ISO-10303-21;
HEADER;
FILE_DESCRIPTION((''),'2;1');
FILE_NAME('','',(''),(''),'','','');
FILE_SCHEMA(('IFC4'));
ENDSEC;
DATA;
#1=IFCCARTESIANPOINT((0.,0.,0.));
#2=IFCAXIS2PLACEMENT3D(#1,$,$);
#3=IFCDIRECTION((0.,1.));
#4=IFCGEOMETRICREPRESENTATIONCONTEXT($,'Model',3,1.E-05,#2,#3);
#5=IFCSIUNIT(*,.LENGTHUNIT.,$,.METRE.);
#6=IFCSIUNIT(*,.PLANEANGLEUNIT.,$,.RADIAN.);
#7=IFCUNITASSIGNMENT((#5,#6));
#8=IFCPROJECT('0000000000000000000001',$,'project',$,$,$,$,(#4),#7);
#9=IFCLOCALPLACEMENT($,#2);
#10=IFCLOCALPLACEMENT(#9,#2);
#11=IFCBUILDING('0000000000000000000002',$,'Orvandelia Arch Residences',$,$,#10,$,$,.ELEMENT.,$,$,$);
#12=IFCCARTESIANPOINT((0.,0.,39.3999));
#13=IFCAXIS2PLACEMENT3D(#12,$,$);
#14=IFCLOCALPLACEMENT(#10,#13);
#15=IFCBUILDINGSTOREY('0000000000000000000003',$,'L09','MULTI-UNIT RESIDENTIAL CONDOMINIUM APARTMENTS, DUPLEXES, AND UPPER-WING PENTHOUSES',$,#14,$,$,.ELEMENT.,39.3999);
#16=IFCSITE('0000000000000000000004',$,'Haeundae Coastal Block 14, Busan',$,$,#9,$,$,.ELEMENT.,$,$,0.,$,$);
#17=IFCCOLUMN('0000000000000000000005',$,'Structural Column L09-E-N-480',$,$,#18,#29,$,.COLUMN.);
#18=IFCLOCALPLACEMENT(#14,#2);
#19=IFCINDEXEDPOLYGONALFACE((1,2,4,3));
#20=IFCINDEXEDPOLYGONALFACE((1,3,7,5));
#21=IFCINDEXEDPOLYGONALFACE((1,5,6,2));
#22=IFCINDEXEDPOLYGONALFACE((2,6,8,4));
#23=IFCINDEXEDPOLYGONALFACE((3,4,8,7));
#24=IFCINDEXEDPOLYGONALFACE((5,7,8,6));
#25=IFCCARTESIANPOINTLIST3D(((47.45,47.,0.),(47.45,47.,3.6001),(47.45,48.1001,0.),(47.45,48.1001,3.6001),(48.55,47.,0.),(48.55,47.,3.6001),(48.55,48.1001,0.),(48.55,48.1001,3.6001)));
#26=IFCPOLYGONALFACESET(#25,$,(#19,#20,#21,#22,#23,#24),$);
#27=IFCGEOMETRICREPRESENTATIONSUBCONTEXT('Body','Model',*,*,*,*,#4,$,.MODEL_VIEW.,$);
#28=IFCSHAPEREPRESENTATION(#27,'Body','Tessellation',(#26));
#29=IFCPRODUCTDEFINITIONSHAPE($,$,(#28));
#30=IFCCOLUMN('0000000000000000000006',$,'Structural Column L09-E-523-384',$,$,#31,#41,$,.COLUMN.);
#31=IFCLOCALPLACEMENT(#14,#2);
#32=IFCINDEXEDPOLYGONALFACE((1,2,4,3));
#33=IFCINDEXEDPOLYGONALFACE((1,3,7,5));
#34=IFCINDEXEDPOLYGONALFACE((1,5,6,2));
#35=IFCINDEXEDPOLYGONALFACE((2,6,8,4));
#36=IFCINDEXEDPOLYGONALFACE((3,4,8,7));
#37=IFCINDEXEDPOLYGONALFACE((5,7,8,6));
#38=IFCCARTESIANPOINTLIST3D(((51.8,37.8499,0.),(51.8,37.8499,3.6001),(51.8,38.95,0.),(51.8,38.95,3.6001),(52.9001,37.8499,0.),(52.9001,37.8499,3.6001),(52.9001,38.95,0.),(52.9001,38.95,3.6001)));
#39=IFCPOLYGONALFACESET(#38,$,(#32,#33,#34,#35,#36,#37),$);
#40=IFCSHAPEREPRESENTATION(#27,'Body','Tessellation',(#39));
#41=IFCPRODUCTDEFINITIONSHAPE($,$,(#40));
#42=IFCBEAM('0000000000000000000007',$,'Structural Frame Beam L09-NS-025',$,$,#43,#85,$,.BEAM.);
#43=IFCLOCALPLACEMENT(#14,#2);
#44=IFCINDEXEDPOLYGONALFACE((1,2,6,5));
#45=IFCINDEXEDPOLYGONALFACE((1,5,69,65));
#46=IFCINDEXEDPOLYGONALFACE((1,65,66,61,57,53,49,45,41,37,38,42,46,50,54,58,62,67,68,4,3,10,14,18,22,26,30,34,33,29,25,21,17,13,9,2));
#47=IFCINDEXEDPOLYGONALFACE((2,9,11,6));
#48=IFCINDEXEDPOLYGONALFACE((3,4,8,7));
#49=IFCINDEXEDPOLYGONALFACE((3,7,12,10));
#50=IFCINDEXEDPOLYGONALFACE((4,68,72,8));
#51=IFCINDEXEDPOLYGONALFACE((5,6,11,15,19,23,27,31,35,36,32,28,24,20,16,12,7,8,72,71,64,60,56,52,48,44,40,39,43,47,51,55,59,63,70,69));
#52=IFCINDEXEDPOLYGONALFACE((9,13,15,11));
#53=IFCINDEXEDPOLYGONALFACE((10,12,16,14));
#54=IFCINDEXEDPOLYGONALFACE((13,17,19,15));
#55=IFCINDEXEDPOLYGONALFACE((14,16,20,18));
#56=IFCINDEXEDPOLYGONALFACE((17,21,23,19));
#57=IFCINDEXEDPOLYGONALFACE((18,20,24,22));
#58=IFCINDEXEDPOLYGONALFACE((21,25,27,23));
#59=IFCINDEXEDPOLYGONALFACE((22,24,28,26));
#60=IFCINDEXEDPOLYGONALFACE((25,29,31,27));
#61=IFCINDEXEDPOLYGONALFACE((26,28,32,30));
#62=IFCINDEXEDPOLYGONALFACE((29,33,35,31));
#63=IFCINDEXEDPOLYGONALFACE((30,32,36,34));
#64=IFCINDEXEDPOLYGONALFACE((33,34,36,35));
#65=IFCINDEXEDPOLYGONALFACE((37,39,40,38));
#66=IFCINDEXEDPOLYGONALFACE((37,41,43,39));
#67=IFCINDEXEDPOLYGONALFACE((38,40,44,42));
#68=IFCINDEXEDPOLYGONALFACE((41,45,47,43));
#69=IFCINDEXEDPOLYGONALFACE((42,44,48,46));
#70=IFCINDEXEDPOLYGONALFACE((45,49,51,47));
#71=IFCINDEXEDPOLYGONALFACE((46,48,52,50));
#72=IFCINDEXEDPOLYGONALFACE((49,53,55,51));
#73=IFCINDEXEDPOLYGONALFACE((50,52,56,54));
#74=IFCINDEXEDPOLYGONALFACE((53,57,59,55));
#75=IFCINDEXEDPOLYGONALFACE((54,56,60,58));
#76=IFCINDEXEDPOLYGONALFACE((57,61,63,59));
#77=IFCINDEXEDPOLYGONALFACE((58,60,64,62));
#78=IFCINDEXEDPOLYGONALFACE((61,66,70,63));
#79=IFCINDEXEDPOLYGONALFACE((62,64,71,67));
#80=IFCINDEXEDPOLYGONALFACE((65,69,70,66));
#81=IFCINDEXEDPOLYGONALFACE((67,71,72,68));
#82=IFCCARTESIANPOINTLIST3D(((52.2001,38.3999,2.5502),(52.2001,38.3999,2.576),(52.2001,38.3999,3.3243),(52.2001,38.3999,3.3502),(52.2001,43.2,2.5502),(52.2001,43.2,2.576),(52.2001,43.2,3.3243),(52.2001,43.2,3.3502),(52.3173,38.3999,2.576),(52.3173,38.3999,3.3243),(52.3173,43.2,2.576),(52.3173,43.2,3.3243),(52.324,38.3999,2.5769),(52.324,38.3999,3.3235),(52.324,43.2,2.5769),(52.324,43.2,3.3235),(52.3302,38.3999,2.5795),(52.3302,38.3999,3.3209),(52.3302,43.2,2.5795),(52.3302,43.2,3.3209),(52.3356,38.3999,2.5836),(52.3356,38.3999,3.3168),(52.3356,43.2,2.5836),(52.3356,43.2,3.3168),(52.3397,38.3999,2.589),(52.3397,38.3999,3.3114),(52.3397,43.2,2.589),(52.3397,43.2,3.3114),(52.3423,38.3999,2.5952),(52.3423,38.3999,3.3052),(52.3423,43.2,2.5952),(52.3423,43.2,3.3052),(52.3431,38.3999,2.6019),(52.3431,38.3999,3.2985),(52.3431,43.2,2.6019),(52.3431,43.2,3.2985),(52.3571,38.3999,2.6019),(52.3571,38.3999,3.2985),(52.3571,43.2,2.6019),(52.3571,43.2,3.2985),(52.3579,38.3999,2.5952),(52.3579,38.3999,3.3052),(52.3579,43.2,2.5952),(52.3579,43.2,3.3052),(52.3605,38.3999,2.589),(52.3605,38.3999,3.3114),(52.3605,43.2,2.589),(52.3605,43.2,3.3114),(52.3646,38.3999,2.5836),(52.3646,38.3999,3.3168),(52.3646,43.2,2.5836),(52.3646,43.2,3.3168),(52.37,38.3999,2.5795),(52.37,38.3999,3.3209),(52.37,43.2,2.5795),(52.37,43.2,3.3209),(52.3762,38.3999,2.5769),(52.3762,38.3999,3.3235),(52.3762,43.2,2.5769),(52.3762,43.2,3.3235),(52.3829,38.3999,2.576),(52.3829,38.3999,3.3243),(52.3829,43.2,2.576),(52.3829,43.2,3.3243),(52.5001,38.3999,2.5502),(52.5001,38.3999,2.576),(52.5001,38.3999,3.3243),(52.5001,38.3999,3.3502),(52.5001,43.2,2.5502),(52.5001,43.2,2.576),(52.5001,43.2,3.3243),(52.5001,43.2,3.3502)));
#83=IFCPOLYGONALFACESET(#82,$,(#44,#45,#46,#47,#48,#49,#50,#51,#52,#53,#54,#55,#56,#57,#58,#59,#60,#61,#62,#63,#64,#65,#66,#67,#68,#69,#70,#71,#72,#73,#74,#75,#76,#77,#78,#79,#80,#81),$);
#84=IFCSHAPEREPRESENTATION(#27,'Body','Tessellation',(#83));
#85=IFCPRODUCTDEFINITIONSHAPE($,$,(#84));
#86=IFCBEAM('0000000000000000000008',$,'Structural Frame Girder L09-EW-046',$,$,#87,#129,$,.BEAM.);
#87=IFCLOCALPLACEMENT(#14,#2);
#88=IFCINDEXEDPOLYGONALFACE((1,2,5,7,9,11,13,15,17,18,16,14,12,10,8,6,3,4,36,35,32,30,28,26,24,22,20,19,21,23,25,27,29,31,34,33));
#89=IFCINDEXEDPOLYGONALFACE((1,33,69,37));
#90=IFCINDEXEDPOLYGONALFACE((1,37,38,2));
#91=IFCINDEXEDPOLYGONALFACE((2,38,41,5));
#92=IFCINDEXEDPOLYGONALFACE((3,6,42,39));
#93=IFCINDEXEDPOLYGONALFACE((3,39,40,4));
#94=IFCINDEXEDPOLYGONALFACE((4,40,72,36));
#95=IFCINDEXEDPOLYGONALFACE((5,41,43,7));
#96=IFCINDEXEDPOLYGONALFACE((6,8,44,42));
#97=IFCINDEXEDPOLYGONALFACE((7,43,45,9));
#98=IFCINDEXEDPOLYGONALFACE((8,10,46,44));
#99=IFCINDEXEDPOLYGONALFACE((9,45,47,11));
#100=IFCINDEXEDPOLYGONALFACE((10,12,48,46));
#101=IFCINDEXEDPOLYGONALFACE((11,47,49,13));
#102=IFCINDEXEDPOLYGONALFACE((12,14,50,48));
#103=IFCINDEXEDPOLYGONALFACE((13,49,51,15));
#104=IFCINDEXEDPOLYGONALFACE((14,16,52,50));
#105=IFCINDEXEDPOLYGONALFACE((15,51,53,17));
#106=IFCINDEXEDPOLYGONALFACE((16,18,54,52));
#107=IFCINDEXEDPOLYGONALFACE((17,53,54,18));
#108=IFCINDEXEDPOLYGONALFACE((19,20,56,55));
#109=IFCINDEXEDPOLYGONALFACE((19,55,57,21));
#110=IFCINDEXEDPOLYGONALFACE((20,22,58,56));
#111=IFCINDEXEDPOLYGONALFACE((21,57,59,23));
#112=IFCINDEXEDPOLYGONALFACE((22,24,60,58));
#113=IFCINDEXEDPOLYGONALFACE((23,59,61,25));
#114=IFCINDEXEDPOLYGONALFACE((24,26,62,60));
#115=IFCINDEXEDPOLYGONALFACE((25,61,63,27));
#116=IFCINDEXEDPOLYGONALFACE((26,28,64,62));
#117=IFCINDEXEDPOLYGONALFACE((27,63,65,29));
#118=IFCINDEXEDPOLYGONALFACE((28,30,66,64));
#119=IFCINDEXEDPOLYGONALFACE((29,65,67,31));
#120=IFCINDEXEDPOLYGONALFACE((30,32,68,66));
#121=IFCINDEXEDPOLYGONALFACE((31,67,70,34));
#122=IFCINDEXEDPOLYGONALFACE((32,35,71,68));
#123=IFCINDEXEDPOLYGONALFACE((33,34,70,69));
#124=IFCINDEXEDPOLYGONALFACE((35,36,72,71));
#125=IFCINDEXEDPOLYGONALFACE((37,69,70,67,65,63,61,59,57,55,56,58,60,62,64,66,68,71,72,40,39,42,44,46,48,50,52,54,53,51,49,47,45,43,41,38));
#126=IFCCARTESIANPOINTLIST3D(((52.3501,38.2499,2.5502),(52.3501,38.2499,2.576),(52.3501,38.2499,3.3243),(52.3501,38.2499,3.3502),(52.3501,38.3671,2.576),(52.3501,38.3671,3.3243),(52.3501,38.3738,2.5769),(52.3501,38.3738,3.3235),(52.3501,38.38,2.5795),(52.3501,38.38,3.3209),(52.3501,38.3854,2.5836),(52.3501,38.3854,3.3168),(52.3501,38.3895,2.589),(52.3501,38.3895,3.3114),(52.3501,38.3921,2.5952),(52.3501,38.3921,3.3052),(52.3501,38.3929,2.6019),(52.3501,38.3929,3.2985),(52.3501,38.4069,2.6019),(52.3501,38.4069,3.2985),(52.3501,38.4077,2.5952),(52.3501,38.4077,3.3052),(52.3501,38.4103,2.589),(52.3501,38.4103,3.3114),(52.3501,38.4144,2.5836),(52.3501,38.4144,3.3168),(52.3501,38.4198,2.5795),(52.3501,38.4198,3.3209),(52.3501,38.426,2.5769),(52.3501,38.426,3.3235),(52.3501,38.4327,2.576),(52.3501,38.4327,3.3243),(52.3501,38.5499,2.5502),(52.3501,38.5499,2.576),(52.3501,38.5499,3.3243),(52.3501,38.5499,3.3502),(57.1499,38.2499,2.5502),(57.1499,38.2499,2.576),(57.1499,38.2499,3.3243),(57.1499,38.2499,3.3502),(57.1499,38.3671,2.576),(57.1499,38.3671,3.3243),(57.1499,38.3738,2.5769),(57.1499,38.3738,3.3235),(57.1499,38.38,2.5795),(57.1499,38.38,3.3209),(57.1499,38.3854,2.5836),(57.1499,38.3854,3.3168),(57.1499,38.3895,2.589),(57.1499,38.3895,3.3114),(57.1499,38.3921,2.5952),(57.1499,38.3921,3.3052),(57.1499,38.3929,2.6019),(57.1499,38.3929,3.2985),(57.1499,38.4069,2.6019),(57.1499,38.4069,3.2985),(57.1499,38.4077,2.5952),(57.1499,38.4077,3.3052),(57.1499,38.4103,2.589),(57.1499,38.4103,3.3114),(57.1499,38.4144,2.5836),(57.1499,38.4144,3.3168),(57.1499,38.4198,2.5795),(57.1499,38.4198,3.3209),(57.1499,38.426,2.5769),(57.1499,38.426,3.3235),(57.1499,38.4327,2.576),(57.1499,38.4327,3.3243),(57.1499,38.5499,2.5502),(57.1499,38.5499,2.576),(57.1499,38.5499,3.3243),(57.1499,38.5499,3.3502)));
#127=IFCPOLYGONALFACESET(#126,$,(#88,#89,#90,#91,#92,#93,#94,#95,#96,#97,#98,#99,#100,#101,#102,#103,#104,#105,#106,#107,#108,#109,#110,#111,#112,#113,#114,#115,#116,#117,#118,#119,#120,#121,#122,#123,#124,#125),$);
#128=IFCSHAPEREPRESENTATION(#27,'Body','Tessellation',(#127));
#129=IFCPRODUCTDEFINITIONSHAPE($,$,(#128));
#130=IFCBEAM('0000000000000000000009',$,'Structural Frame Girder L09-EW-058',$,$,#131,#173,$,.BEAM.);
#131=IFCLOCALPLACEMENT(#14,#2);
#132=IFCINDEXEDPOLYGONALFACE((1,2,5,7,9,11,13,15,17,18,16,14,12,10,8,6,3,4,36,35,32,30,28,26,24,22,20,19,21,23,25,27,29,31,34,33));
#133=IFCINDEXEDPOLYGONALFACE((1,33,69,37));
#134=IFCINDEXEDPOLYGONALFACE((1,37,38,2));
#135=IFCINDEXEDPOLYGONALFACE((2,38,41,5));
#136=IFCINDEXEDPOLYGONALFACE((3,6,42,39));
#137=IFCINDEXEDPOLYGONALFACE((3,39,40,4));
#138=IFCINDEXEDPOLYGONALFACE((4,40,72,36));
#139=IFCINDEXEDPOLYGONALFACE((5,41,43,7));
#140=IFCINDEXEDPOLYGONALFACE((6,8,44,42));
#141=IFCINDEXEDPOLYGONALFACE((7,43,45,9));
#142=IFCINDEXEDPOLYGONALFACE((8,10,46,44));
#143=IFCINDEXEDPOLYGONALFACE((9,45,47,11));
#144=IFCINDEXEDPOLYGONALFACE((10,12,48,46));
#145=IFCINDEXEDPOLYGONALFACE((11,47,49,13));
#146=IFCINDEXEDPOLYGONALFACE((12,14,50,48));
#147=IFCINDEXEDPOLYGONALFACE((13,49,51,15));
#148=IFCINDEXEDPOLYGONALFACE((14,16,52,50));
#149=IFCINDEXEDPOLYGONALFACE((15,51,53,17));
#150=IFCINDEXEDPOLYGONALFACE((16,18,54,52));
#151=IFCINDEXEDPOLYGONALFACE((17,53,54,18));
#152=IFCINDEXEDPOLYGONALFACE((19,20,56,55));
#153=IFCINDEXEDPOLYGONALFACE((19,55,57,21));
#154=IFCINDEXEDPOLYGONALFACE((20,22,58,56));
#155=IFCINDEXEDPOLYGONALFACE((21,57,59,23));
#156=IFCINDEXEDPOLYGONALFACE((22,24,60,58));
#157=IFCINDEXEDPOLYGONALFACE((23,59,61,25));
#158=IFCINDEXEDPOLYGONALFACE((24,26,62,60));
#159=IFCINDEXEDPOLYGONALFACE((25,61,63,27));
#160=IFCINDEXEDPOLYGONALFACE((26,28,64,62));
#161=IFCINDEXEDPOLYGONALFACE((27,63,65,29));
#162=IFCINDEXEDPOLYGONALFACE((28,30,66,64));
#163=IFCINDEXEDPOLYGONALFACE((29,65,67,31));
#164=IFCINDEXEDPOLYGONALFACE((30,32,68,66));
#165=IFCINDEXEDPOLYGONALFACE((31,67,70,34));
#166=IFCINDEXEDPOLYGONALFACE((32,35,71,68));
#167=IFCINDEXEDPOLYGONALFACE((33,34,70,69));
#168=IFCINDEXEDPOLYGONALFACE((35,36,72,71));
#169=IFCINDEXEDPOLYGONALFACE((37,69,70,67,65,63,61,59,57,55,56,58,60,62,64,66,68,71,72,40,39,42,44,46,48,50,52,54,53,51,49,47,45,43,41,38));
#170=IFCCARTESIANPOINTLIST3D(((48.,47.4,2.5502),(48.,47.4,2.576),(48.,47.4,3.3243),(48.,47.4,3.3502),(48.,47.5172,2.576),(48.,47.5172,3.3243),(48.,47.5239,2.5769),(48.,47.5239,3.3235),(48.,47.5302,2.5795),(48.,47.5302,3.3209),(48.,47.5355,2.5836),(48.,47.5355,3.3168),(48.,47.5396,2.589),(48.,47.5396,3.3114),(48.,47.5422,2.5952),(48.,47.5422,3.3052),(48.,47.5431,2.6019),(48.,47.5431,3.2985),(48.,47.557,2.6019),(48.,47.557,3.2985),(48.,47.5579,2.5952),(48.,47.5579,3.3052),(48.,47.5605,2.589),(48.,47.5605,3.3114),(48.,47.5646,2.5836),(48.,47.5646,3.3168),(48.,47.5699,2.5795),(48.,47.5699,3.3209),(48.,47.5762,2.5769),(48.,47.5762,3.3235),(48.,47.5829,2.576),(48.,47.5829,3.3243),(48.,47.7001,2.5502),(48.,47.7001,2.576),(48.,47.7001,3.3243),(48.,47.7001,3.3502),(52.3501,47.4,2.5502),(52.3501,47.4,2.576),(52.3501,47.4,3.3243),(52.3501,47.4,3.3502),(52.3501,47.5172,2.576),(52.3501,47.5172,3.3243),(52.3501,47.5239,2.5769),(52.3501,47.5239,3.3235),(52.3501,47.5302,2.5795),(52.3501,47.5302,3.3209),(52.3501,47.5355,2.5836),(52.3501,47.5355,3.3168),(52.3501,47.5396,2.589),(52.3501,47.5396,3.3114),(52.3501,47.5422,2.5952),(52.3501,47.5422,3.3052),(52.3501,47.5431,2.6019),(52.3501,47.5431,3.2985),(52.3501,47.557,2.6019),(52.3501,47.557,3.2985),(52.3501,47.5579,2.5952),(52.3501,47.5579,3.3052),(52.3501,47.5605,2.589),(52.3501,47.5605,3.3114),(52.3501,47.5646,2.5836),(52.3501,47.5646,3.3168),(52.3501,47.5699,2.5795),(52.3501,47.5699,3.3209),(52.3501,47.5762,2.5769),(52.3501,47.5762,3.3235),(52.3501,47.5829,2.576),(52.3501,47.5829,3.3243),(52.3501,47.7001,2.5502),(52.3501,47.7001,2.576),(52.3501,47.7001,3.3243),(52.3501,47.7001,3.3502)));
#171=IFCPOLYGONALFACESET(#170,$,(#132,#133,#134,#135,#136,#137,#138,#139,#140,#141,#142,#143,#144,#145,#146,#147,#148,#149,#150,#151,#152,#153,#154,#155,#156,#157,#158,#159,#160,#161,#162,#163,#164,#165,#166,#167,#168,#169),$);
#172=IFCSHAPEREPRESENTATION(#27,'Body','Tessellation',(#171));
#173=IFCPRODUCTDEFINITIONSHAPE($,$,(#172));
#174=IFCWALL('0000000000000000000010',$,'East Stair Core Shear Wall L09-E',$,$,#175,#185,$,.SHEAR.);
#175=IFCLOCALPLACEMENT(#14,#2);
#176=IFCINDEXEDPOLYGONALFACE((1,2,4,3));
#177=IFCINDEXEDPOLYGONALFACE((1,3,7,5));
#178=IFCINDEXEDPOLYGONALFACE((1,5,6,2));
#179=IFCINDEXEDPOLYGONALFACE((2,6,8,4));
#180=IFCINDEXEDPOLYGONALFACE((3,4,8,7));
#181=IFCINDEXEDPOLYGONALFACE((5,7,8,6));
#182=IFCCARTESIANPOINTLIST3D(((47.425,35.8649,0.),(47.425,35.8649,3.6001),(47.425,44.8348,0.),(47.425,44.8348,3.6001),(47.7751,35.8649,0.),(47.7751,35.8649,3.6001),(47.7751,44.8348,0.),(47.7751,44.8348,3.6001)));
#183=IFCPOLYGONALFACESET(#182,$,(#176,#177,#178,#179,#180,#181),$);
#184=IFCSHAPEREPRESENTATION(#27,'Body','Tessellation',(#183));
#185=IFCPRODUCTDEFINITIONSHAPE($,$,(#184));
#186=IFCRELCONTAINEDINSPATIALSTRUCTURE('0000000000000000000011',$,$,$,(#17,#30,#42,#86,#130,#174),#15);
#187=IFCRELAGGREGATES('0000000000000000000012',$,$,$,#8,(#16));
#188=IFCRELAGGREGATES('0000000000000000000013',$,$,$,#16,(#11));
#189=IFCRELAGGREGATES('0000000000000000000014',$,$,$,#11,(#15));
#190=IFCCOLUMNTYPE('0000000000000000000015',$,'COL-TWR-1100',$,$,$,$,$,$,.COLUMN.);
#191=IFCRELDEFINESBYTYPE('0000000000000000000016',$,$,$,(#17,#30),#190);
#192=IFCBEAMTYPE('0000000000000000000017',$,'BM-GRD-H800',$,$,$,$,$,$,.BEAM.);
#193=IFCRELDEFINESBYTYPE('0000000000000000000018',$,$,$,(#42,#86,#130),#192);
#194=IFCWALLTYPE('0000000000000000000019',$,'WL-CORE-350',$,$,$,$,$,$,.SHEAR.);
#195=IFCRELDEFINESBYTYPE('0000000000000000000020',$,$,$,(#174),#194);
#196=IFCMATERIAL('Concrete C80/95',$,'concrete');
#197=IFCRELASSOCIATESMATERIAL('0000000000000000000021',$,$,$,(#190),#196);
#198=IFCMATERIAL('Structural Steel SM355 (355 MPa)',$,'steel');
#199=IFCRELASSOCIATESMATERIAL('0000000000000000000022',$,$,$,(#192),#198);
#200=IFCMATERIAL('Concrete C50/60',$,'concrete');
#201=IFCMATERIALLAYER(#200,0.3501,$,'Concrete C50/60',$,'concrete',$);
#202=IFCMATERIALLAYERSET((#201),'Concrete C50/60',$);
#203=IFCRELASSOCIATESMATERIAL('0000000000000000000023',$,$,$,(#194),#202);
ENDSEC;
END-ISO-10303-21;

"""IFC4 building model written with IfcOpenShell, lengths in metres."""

from ifc_helpers import new_model, si_unit, direction, frame, frame_2d, origin, origin_2d, place, context, subcontext, project, spatial, rectangle, i_section, extrude, material, layer, layer_set, material_profile, profile_set, type_object, element, save


model = new_model("IFC4")

# Units and contexts
model_context = context("Model", 3, precision=1e-05, world=origin(), true_north=direction((0.0, 1.0)))
body_context = subcontext(model_context, "Body", "Model", "MODEL_VIEW")
ifc_project = project(units=[si_unit("LENGTHUNIT", "METRE"), si_unit("PLANEANGLEUNIT", "RADIAN")], contexts=[model_context])

# Site, building, storey
site_placement = place(None, origin())
site = spatial("IfcSite", under=ifc_project, at=site_placement, Name="Haeundae Coastal Block 14, Busan", CompositionType="ELEMENT", RefElevation=0.0)
building_placement = place(site_placement, origin())
building = spatial("IfcBuilding", under=site, at=building_placement, Name="Orvandelia Arch Residences", CompositionType="ELEMENT")
storey_placement = place(building_placement, frame((0.0, 0.0, 39.3999)))
storey = spatial("IfcBuildingStorey", under=building, at=storey_placement, Name="L09", Description="MULTI-UNIT RESIDENTIAL CONDOMINIUM APARTMENTS, DUPLEXES, AND UPPER-WING PENTHOUSES", CompositionType="ELEMENT", Elevation=39.3999)

# Columns
ifc_material_1 = material(Name="Concrete C80/95", Category="concrete")
ifc_material_profile_1 = material_profile(ifc_material_1, rectangle(XDim=1.1001, YDim=1.1001, at=origin_2d()), Name="Concrete C80/95", Category="concrete")
ifc_profile_set_1 = profile_set([ifc_material_profile_1], Name="Concrete C80/95")
column_type = type_object("IfcColumnType", Name="COL-TWR-1100", PredefinedType="COLUMN", material=ifc_profile_set_1)
for number, where, z_axis, x_axis, name in (
    (1, (48.0, 47.55, 0.0), (0.0, 0.0, 1.0), (1.0, 0.0, 0.0), "Structural Column L09-E-N-480"),
    (2, (52.3501, 38.3999, 0.0), (0.0, 0.0, 1.0), (1.0, 0.0, 0.0), "Structural Column L09-E-523-384"),
):
    element("IfcColumn", number, at=place(storey_placement, frame(where, z_axis=z_axis, x_axis=x_axis)), inside=storey, type_object=column_type, Name=name, PredefinedType="COLUMN", context=body_context, shape_type="SweptSolid", body=[
        extrude(rectangle(XDim=1.1001, YDim=1.1001, at=origin_2d()), origin(), (0.0, 0.0, 1.0), 3.6001),
    ])

# Beams
ifc_material_2 = material(Name="Structural Steel SM355 (355 MPa)", Category="steel")
ifc_material_profile_2 = material_profile(ifc_material_2, i_section(OverallWidth=0.3, OverallDepth=0.8, WebThickness=0.0139, FlangeThickness=0.0259, FilletRadius=0.0259, at=origin_2d()), Name="Structural Steel SM355 (355 MPa)", Category="steel")
ifc_profile_set_2 = profile_set([ifc_material_profile_2], Name="Structural Steel SM355 (355 MPa)")
beam_type = type_object("IfcBeamType", Name="BM-GRD-H800", PredefinedType="BEAM", material=ifc_profile_set_2)
beam_1_placement = place(storey_placement, frame((52.3501, 38.3999, 2.9502), z_axis=(0.0, 1.0, 0.0), x_axis=(-1.0, 0.0, 0.0)))
element("IfcBeam", 3, at=beam_1_placement, inside=storey, type_object=beam_type, Name="Structural Frame Beam L09-NS-025", PredefinedType="BEAM", context=body_context, shape_type="SweptSolid", body=[
    extrude(i_section(OverallWidth=0.3, OverallDepth=0.8, WebThickness=0.0139, FlangeThickness=0.0259, FilletRadius=0.0259, at=origin_2d()), origin(), (0.0, 0.0, 1.0), 4.8),
])
beam_2_placement = place(storey_placement, frame((52.3501, 38.3999, 2.9502), z_axis=(1.0, 0.0, 0.0), x_axis=(0.0, 1.0, 0.0)))
element("IfcBeam", 4, at=beam_2_placement, inside=storey, type_object=beam_type, Name="Structural Frame Girder L09-EW-046", PredefinedType="BEAM", context=body_context, shape_type="SweptSolid", body=[
    extrude(i_section(OverallWidth=0.3, OverallDepth=0.8, WebThickness=0.0139, FlangeThickness=0.0259, FilletRadius=0.0259, at=origin_2d()), origin(), (0.0, 0.0, 1.0), 4.7998),
])
beam_3_placement = place(storey_placement, frame((48.0, 47.55, 2.9502), z_axis=(1.0, 0.0, 0.0), x_axis=(0.0, 1.0, 0.0)))
element("IfcBeam", 5, at=beam_3_placement, inside=storey, type_object=beam_type, Name="Structural Frame Girder L09-EW-058", PredefinedType="BEAM", context=body_context, shape_type="SweptSolid", body=[
    extrude(i_section(OverallWidth=0.3, OverallDepth=0.8, WebThickness=0.0139, FlangeThickness=0.0259, FilletRadius=0.0259, at=origin_2d()), origin(), (0.0, 0.0, 1.0), 4.3501),
])

# Wall
ifc_material_3 = material(Name="Concrete C50/60", Category="concrete")
ifc_layer_1 = layer(ifc_material_3, 0.3501, Name="Concrete C50/60", Category="concrete")
ifc_layer_set_1 = layer_set([ifc_layer_1], Name="Concrete C50/60")
wall_type_1 = type_object("IfcWallType", Name="WL-CORE-350", PredefinedType="SHEAR", material=ifc_layer_set_1)
wall_1_placement = place(storey_placement, frame((47.6001, 35.865, 0.0), z_axis=(0.0, 0.0, 1.0), x_axis=(0.0, 1.0, 0.0)))
element("IfcWall", 6, at=wall_1_placement, inside=storey, type_object=wall_type_1, Name="East Stair Core Shear Wall L09-E", PredefinedType="SHEAR", context=body_context, shape_type="SweptSolid", body=[
    extrude(rectangle(XDim=8.97, YDim=0.3501, at=frame_2d((4.4849, 0.0))), origin(), (0.0, 0.0, 1.0), 3.6001),
])

save(model, "model.ifc")
